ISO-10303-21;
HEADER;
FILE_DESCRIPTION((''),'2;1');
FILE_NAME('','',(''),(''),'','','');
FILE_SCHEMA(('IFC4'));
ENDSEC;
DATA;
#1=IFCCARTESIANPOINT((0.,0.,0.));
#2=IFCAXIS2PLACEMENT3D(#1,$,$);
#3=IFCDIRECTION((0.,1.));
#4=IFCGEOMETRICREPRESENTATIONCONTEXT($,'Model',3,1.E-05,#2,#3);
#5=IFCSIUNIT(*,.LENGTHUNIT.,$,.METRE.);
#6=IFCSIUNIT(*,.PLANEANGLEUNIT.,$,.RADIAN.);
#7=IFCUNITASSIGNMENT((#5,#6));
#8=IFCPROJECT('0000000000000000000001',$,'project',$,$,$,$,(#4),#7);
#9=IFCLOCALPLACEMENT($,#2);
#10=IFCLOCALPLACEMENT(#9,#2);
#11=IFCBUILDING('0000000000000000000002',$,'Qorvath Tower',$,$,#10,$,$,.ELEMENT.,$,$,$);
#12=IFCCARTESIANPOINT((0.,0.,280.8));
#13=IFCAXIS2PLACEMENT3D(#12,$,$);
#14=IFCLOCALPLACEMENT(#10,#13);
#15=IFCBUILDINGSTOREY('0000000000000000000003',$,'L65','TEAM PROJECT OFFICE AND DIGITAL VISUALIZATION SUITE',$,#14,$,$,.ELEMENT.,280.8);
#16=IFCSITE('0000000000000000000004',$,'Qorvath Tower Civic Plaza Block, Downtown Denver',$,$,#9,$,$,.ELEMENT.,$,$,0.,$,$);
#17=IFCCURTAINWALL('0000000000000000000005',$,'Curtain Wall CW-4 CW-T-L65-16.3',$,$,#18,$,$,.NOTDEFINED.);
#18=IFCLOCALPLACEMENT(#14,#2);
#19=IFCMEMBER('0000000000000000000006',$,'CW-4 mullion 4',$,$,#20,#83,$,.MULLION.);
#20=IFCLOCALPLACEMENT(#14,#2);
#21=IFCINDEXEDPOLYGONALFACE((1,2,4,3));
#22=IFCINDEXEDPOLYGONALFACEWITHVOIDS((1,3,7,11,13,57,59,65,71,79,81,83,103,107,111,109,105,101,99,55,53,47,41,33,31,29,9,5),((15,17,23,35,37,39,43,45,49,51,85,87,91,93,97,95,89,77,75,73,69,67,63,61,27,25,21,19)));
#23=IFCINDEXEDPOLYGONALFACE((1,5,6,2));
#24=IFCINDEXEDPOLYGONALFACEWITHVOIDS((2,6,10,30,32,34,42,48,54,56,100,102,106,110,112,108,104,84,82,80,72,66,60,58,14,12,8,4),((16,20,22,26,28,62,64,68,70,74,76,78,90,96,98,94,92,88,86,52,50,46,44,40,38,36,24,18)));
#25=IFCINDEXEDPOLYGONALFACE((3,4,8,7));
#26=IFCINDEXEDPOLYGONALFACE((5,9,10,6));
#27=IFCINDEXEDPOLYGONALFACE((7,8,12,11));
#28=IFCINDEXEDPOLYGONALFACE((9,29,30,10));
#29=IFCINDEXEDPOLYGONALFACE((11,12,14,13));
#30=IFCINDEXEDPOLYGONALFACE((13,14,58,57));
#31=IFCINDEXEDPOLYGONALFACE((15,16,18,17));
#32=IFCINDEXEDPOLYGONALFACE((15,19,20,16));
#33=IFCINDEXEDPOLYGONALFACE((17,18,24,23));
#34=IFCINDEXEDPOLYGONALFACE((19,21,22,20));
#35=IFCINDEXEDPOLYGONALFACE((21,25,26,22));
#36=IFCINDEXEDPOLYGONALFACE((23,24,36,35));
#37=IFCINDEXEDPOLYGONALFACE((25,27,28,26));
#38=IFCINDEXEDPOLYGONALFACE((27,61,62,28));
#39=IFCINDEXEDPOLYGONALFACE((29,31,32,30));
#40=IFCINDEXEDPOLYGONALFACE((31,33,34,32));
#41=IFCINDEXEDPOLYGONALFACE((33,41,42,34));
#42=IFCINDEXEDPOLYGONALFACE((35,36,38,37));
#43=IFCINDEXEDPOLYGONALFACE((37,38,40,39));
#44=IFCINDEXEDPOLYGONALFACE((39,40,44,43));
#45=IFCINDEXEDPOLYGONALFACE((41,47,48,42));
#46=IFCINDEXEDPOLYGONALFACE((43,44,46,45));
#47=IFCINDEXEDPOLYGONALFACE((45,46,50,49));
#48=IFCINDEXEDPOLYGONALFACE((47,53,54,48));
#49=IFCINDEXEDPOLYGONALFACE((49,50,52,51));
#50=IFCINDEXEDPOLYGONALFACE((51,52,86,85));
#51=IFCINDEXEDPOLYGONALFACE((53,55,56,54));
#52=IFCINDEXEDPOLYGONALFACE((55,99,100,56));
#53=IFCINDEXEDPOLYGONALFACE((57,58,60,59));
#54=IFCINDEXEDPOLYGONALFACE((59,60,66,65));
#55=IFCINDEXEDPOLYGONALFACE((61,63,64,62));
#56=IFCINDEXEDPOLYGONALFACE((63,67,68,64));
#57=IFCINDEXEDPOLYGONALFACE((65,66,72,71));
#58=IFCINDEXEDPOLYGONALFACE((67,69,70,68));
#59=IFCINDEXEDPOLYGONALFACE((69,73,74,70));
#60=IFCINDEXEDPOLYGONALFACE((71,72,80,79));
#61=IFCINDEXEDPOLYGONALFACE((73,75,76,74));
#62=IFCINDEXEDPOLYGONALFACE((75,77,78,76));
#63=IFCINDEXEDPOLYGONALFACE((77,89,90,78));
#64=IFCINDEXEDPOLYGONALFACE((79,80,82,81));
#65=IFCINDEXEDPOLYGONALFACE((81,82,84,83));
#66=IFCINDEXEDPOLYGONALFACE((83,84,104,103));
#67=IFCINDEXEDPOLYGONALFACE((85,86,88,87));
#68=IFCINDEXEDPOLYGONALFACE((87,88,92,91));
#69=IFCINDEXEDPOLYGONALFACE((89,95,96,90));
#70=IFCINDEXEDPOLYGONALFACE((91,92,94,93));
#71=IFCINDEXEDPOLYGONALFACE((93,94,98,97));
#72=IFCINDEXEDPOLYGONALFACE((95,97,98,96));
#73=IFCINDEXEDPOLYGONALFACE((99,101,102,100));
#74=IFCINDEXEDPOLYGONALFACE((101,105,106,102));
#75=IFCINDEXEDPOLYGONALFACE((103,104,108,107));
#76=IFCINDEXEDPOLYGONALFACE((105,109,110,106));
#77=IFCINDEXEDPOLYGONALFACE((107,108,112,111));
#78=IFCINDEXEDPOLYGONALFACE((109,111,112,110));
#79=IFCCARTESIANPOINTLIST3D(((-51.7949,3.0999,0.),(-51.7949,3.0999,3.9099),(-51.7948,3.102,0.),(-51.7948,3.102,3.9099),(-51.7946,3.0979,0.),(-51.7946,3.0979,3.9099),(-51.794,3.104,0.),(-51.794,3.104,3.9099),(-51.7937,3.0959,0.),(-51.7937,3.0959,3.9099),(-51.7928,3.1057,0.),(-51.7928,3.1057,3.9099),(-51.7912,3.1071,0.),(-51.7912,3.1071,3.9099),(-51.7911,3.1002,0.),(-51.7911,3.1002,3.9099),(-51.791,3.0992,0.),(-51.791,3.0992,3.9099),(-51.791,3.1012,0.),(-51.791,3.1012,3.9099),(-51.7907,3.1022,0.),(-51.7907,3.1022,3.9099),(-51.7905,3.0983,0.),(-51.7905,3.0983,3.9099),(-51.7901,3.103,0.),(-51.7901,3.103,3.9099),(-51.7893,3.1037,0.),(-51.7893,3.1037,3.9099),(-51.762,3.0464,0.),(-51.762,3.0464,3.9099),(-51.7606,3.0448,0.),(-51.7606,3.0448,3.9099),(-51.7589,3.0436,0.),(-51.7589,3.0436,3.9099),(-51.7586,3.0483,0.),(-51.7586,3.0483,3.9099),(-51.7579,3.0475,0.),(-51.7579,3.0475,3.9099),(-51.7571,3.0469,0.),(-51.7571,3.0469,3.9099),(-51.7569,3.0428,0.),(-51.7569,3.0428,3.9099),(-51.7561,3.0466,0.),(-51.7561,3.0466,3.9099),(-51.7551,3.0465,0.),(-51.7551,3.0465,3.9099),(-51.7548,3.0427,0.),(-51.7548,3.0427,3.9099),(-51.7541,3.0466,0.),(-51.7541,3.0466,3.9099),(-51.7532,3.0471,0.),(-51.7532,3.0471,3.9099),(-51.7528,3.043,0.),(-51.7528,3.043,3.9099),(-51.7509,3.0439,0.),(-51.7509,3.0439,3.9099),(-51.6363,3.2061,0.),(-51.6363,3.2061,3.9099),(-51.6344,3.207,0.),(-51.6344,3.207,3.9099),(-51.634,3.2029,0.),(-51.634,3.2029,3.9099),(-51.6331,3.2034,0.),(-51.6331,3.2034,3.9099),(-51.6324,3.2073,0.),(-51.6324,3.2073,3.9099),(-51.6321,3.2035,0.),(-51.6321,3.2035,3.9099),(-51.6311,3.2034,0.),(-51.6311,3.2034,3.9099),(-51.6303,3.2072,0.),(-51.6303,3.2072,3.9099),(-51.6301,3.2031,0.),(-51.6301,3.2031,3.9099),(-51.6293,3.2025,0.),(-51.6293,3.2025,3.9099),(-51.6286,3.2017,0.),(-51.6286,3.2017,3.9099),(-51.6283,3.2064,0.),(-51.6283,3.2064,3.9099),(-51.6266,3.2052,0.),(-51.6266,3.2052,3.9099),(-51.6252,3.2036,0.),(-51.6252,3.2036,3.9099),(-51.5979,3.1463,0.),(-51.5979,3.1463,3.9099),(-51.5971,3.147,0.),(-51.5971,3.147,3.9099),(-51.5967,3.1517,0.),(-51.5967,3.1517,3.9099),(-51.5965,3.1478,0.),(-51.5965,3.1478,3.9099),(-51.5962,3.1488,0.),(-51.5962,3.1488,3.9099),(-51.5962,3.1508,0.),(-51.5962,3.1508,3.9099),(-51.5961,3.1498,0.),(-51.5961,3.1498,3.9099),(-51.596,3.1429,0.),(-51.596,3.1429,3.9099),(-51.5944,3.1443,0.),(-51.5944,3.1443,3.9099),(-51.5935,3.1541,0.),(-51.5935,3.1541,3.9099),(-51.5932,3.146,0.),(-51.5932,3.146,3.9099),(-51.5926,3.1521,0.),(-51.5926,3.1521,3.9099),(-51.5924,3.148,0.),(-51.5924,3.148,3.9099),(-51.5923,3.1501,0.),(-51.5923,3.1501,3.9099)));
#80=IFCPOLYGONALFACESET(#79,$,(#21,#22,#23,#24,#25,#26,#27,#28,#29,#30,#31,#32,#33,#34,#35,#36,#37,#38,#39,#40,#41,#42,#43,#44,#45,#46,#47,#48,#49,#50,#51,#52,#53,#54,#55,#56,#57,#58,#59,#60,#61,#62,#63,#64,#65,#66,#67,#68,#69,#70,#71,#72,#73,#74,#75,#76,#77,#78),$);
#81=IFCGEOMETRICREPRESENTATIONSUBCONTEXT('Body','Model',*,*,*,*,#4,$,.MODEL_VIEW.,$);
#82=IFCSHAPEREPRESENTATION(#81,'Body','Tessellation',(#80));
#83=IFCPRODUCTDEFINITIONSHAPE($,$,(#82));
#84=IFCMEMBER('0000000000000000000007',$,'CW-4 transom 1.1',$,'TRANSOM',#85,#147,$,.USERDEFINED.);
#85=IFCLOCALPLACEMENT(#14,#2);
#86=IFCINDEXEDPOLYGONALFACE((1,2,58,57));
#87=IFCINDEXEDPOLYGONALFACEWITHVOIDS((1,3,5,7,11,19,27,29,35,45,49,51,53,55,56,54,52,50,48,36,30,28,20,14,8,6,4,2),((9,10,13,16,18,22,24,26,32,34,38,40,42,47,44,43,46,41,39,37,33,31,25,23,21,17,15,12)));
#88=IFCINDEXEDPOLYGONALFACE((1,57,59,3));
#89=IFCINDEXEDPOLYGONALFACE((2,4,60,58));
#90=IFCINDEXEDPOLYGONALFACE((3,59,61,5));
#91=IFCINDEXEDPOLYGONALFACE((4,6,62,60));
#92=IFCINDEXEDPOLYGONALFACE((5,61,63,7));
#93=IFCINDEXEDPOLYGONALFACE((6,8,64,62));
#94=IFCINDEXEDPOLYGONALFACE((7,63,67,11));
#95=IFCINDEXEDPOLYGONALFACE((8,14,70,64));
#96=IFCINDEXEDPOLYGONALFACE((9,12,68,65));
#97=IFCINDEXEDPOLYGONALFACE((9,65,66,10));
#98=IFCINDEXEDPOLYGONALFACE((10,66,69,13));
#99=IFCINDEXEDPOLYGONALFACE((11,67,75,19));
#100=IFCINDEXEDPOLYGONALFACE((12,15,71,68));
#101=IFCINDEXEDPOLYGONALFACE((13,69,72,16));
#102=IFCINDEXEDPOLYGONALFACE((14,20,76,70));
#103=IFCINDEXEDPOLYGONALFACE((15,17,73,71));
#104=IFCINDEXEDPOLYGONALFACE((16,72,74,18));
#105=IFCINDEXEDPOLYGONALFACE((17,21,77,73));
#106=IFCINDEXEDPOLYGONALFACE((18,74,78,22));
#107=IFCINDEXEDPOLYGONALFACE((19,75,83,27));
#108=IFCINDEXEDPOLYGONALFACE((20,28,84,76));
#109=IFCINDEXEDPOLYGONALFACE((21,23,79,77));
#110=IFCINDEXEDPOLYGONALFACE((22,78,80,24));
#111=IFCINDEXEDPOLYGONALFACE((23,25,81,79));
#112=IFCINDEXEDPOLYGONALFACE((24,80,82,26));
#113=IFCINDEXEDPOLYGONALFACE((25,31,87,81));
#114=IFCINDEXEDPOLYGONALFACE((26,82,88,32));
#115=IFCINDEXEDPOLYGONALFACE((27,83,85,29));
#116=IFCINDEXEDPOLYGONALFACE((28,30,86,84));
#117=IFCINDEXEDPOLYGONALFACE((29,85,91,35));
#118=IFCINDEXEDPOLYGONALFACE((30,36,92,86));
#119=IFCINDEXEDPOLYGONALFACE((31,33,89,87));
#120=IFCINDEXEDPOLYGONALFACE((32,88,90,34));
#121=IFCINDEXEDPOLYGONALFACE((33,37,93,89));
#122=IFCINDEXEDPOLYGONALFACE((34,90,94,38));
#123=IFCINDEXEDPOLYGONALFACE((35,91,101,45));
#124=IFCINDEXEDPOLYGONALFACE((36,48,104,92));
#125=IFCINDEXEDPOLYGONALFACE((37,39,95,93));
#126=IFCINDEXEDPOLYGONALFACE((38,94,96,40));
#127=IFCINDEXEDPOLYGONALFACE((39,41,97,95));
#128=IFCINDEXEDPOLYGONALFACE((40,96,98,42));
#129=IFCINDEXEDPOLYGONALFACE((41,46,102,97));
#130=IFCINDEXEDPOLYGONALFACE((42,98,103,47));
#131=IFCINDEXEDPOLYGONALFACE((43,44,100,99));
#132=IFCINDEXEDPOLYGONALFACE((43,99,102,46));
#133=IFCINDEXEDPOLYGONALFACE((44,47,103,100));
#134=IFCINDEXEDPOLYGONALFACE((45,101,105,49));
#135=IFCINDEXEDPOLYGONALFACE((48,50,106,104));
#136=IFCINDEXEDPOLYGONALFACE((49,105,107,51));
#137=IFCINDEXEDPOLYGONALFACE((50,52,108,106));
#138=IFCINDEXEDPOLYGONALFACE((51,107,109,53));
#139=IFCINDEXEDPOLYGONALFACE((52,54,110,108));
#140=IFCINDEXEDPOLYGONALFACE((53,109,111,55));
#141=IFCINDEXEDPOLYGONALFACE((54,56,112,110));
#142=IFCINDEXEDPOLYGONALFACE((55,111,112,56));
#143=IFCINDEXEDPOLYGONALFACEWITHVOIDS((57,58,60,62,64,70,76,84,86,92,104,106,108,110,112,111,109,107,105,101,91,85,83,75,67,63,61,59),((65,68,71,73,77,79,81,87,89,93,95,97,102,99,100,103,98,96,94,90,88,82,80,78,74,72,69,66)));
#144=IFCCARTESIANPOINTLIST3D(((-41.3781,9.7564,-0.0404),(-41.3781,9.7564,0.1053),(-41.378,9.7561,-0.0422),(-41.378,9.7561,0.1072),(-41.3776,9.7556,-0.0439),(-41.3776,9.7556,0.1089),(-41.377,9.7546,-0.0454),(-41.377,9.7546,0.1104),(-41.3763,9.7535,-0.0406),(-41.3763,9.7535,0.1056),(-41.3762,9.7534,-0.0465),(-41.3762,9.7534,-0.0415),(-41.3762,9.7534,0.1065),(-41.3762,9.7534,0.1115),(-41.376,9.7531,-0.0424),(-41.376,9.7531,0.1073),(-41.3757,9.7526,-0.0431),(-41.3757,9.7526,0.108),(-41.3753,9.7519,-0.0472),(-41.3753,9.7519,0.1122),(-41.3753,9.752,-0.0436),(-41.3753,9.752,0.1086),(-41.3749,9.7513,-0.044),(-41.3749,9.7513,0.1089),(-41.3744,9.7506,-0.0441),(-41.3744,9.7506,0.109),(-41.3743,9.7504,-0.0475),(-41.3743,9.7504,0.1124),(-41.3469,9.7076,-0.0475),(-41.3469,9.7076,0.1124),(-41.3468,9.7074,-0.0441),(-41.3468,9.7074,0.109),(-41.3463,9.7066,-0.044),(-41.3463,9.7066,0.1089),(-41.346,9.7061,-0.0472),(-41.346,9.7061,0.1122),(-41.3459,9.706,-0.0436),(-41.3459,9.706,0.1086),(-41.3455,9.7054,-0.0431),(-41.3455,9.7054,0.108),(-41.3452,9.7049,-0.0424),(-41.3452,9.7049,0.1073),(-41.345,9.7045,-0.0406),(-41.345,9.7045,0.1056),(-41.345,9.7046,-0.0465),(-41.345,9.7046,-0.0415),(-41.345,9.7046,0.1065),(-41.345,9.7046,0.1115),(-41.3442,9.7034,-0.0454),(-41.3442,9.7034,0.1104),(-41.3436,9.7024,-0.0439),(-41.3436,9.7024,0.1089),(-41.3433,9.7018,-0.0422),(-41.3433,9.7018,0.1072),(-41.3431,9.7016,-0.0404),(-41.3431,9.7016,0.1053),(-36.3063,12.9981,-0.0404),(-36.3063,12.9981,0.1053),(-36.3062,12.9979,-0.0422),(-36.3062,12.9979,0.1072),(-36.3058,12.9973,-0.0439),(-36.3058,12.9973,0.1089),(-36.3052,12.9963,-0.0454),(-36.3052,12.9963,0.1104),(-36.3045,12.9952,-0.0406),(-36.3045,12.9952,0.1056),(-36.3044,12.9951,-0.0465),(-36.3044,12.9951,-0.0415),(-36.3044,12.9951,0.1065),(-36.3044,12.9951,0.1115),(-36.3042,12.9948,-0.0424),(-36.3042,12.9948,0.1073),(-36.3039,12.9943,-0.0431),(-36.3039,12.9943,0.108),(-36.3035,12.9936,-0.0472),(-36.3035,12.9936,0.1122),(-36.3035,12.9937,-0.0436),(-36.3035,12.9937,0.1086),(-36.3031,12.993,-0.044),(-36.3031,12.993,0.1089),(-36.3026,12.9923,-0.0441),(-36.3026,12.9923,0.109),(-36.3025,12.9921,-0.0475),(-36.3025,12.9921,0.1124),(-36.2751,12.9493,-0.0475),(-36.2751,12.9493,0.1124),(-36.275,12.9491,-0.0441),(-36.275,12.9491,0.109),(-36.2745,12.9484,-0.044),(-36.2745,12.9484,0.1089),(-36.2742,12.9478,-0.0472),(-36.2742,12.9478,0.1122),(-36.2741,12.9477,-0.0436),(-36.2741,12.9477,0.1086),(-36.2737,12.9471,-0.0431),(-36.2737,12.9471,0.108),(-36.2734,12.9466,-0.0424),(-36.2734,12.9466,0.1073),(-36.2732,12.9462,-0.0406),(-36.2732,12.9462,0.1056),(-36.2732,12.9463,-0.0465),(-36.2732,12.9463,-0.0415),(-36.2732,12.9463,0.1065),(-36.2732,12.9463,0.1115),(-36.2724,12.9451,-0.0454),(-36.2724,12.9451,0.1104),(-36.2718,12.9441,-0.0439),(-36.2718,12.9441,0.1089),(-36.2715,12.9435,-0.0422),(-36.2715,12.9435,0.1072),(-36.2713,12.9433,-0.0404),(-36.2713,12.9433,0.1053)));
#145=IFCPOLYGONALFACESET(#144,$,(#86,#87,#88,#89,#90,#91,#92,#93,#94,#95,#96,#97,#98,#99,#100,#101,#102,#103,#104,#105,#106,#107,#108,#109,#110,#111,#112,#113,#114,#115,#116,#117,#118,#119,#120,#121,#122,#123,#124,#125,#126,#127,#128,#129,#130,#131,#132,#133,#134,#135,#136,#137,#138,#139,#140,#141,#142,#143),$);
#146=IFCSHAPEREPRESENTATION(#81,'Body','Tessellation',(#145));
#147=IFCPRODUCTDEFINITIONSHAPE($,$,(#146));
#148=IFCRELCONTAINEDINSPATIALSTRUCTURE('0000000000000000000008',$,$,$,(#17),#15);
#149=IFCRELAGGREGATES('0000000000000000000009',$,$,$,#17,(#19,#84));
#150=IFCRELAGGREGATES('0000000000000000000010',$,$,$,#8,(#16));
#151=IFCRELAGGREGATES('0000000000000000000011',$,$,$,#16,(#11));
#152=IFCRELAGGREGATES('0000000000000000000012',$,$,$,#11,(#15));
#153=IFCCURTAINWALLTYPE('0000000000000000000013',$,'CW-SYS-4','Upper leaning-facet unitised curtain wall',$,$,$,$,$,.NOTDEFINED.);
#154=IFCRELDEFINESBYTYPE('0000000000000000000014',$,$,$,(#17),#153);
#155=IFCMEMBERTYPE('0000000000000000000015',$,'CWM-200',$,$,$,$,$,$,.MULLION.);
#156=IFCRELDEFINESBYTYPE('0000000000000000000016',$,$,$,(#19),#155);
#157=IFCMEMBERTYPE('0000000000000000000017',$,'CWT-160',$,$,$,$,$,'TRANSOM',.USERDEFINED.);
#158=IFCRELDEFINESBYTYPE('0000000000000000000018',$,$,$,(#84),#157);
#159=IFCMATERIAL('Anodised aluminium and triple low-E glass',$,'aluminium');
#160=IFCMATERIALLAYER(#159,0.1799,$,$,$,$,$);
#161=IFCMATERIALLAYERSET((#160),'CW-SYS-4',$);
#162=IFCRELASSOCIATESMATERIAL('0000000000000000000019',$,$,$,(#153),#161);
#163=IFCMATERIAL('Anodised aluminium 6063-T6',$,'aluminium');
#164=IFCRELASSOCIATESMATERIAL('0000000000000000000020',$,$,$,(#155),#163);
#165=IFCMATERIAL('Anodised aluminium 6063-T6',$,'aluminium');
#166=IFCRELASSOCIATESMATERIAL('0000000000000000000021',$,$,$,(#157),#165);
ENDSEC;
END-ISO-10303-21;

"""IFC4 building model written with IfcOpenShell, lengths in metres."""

from ifc_helpers import new_model, si_unit, direction, frame, origin, origin_2d, place, context, subcontext, project, spatial, hollow_rectangle, extrude, material, layer, layer_set, material_profile, profile_set, type_object, element, aggregate, save


model = new_model("IFC4")

# Units and contexts
model_context = context("Model", 3, precision=1e-05, world=origin(), true_north=direction((0.0, 1.0)))
body_context = subcontext(model_context, "Body", "Model", "MODEL_VIEW")
ifc_project = project(units=[si_unit("LENGTHUNIT", "METRE"), si_unit("PLANEANGLEUNIT", "RADIAN")], contexts=[model_context])

# Site, building, storey
site_placement = place(None, origin())
site = spatial("IfcSite", under=ifc_project, at=site_placement, Name="Qorvath Tower Civic Plaza Block, Downtown Denver", CompositionType="ELEMENT", RefElevation=0.0)
building_placement = place(site_placement, origin())
building = spatial("IfcBuilding", under=site, at=building_placement, Name="Qorvath Tower", CompositionType="ELEMENT")
storey_placement = place(building_placement, frame((0.0, 0.0, 280.8)))
storey = spatial("IfcBuildingStorey", under=building, at=storey_placement, Name="L65", Description="TEAM PROJECT OFFICE AND DIGITAL VISUALIZATION SUITE", CompositionType="ELEMENT", Elevation=280.8)

# Shared definitions
ifc_material_1 = material(Name="Anodised aluminium and triple low-E glass", Category="aluminium")
ifc_layer_1 = layer(ifc_material_1, 0.1799)
ifc_layer_set_1 = layer_set([ifc_layer_1], Name="CW-SYS-4")
curtain_wall_type = type_object("IfcCurtainWallType", Name="CW-SYS-4", Description="Upper leaning-facet unitised curtain wall", PredefinedType="NOTDEFINED", material=ifc_layer_set_1)
ifc_material_2 = material(Name="Anodised aluminium 6063-T6", Category="aluminium")
ifc_material_profile_1 = material_profile(ifc_material_2, hollow_rectangle(XDim=0.075, YDim=0.2, WallThickness=0.0039, InnerFilletRadius=0.0039, OuterFilletRadius=0.0081, at=origin_2d()), Name="CWM 200x75")
ifc_profile_set_1 = profile_set([ifc_material_profile_1], Name="Anodised aluminium 6063-T6")
member_type_1 = type_object("IfcMemberType", Name="CWM-200", PredefinedType="MULLION", material=ifc_profile_set_1)

# Curtain wall, members
curtain_wall_1_placement = place(storey_placement, origin())
curtain_wall_1 = element("IfcCurtainWall", 1, at=curtain_wall_1_placement, inside=storey, type_object=curtain_wall_type, Name="Curtain Wall CW-4 CW-T-L65-16.3", PredefinedType="NOTDEFINED")
member_1_placement = place(storey_placement, frame((-51.6936, 3.125, 0.0), z_axis=(0.0, 0.0, 1.0), x_axis=(0.538538, -0.842601, 0.0)))
member_1 = element("IfcMember", 2, at=member_1_placement, type_object=member_type_1, Name="CW-4 mullion 4", PredefinedType="MULLION", context=body_context, shape_type="SweptSolid", body=[
    extrude(hollow_rectangle(XDim=0.075, YDim=0.2, WallThickness=0.0039, InnerFilletRadius=0.0039, OuterFilletRadius=0.0081, at=origin_2d()), origin(), (0.0, 0.0, 1.0), 3.9099),
])
ifc_material_3 = material(Name="Anodised aluminium 6063-T6", Category="aluminium")
ifc_material_profile_2 = material_profile(ifc_material_3, hollow_rectangle(XDim=0.0649, YDim=0.1599, WallThickness=0.0034, InnerFilletRadius=0.0034, OuterFilletRadius=0.0071, at=origin_2d()), Name="CWT 160x65")
ifc_profile_set_2 = profile_set([ifc_material_profile_2], Name="Anodised aluminium 6063-T6")
member_type_2 = type_object("IfcMemberType", Name="CWT-160", ElementType="TRANSOM", PredefinedType="USERDEFINED", material=ifc_profile_set_2)
member_2_placement = place(storey_placement, frame((-36.2888, 12.9707, 0.0325), z_axis=(-0.842591, -0.538554, 0.0), x_axis=(0.538554, -0.842591, 0.0)))
member_2 = element("IfcMember", 3, at=member_2_placement, type_object=member_type_2, Name="CW-4 transom 1.1", ObjectType="TRANSOM", PredefinedType="USERDEFINED", context=body_context, shape_type="SweptSolid", body=[
    extrude(hollow_rectangle(XDim=0.0649, YDim=0.1599, WallThickness=0.0034, InnerFilletRadius=0.0034, OuterFilletRadius=0.0071, at=origin_2d()), origin(), (0.0, 0.0, 1.0), 6.0193),
])
aggregate(curtain_wall_1, [member_1, member_2])

save(model, "model.ifc")
